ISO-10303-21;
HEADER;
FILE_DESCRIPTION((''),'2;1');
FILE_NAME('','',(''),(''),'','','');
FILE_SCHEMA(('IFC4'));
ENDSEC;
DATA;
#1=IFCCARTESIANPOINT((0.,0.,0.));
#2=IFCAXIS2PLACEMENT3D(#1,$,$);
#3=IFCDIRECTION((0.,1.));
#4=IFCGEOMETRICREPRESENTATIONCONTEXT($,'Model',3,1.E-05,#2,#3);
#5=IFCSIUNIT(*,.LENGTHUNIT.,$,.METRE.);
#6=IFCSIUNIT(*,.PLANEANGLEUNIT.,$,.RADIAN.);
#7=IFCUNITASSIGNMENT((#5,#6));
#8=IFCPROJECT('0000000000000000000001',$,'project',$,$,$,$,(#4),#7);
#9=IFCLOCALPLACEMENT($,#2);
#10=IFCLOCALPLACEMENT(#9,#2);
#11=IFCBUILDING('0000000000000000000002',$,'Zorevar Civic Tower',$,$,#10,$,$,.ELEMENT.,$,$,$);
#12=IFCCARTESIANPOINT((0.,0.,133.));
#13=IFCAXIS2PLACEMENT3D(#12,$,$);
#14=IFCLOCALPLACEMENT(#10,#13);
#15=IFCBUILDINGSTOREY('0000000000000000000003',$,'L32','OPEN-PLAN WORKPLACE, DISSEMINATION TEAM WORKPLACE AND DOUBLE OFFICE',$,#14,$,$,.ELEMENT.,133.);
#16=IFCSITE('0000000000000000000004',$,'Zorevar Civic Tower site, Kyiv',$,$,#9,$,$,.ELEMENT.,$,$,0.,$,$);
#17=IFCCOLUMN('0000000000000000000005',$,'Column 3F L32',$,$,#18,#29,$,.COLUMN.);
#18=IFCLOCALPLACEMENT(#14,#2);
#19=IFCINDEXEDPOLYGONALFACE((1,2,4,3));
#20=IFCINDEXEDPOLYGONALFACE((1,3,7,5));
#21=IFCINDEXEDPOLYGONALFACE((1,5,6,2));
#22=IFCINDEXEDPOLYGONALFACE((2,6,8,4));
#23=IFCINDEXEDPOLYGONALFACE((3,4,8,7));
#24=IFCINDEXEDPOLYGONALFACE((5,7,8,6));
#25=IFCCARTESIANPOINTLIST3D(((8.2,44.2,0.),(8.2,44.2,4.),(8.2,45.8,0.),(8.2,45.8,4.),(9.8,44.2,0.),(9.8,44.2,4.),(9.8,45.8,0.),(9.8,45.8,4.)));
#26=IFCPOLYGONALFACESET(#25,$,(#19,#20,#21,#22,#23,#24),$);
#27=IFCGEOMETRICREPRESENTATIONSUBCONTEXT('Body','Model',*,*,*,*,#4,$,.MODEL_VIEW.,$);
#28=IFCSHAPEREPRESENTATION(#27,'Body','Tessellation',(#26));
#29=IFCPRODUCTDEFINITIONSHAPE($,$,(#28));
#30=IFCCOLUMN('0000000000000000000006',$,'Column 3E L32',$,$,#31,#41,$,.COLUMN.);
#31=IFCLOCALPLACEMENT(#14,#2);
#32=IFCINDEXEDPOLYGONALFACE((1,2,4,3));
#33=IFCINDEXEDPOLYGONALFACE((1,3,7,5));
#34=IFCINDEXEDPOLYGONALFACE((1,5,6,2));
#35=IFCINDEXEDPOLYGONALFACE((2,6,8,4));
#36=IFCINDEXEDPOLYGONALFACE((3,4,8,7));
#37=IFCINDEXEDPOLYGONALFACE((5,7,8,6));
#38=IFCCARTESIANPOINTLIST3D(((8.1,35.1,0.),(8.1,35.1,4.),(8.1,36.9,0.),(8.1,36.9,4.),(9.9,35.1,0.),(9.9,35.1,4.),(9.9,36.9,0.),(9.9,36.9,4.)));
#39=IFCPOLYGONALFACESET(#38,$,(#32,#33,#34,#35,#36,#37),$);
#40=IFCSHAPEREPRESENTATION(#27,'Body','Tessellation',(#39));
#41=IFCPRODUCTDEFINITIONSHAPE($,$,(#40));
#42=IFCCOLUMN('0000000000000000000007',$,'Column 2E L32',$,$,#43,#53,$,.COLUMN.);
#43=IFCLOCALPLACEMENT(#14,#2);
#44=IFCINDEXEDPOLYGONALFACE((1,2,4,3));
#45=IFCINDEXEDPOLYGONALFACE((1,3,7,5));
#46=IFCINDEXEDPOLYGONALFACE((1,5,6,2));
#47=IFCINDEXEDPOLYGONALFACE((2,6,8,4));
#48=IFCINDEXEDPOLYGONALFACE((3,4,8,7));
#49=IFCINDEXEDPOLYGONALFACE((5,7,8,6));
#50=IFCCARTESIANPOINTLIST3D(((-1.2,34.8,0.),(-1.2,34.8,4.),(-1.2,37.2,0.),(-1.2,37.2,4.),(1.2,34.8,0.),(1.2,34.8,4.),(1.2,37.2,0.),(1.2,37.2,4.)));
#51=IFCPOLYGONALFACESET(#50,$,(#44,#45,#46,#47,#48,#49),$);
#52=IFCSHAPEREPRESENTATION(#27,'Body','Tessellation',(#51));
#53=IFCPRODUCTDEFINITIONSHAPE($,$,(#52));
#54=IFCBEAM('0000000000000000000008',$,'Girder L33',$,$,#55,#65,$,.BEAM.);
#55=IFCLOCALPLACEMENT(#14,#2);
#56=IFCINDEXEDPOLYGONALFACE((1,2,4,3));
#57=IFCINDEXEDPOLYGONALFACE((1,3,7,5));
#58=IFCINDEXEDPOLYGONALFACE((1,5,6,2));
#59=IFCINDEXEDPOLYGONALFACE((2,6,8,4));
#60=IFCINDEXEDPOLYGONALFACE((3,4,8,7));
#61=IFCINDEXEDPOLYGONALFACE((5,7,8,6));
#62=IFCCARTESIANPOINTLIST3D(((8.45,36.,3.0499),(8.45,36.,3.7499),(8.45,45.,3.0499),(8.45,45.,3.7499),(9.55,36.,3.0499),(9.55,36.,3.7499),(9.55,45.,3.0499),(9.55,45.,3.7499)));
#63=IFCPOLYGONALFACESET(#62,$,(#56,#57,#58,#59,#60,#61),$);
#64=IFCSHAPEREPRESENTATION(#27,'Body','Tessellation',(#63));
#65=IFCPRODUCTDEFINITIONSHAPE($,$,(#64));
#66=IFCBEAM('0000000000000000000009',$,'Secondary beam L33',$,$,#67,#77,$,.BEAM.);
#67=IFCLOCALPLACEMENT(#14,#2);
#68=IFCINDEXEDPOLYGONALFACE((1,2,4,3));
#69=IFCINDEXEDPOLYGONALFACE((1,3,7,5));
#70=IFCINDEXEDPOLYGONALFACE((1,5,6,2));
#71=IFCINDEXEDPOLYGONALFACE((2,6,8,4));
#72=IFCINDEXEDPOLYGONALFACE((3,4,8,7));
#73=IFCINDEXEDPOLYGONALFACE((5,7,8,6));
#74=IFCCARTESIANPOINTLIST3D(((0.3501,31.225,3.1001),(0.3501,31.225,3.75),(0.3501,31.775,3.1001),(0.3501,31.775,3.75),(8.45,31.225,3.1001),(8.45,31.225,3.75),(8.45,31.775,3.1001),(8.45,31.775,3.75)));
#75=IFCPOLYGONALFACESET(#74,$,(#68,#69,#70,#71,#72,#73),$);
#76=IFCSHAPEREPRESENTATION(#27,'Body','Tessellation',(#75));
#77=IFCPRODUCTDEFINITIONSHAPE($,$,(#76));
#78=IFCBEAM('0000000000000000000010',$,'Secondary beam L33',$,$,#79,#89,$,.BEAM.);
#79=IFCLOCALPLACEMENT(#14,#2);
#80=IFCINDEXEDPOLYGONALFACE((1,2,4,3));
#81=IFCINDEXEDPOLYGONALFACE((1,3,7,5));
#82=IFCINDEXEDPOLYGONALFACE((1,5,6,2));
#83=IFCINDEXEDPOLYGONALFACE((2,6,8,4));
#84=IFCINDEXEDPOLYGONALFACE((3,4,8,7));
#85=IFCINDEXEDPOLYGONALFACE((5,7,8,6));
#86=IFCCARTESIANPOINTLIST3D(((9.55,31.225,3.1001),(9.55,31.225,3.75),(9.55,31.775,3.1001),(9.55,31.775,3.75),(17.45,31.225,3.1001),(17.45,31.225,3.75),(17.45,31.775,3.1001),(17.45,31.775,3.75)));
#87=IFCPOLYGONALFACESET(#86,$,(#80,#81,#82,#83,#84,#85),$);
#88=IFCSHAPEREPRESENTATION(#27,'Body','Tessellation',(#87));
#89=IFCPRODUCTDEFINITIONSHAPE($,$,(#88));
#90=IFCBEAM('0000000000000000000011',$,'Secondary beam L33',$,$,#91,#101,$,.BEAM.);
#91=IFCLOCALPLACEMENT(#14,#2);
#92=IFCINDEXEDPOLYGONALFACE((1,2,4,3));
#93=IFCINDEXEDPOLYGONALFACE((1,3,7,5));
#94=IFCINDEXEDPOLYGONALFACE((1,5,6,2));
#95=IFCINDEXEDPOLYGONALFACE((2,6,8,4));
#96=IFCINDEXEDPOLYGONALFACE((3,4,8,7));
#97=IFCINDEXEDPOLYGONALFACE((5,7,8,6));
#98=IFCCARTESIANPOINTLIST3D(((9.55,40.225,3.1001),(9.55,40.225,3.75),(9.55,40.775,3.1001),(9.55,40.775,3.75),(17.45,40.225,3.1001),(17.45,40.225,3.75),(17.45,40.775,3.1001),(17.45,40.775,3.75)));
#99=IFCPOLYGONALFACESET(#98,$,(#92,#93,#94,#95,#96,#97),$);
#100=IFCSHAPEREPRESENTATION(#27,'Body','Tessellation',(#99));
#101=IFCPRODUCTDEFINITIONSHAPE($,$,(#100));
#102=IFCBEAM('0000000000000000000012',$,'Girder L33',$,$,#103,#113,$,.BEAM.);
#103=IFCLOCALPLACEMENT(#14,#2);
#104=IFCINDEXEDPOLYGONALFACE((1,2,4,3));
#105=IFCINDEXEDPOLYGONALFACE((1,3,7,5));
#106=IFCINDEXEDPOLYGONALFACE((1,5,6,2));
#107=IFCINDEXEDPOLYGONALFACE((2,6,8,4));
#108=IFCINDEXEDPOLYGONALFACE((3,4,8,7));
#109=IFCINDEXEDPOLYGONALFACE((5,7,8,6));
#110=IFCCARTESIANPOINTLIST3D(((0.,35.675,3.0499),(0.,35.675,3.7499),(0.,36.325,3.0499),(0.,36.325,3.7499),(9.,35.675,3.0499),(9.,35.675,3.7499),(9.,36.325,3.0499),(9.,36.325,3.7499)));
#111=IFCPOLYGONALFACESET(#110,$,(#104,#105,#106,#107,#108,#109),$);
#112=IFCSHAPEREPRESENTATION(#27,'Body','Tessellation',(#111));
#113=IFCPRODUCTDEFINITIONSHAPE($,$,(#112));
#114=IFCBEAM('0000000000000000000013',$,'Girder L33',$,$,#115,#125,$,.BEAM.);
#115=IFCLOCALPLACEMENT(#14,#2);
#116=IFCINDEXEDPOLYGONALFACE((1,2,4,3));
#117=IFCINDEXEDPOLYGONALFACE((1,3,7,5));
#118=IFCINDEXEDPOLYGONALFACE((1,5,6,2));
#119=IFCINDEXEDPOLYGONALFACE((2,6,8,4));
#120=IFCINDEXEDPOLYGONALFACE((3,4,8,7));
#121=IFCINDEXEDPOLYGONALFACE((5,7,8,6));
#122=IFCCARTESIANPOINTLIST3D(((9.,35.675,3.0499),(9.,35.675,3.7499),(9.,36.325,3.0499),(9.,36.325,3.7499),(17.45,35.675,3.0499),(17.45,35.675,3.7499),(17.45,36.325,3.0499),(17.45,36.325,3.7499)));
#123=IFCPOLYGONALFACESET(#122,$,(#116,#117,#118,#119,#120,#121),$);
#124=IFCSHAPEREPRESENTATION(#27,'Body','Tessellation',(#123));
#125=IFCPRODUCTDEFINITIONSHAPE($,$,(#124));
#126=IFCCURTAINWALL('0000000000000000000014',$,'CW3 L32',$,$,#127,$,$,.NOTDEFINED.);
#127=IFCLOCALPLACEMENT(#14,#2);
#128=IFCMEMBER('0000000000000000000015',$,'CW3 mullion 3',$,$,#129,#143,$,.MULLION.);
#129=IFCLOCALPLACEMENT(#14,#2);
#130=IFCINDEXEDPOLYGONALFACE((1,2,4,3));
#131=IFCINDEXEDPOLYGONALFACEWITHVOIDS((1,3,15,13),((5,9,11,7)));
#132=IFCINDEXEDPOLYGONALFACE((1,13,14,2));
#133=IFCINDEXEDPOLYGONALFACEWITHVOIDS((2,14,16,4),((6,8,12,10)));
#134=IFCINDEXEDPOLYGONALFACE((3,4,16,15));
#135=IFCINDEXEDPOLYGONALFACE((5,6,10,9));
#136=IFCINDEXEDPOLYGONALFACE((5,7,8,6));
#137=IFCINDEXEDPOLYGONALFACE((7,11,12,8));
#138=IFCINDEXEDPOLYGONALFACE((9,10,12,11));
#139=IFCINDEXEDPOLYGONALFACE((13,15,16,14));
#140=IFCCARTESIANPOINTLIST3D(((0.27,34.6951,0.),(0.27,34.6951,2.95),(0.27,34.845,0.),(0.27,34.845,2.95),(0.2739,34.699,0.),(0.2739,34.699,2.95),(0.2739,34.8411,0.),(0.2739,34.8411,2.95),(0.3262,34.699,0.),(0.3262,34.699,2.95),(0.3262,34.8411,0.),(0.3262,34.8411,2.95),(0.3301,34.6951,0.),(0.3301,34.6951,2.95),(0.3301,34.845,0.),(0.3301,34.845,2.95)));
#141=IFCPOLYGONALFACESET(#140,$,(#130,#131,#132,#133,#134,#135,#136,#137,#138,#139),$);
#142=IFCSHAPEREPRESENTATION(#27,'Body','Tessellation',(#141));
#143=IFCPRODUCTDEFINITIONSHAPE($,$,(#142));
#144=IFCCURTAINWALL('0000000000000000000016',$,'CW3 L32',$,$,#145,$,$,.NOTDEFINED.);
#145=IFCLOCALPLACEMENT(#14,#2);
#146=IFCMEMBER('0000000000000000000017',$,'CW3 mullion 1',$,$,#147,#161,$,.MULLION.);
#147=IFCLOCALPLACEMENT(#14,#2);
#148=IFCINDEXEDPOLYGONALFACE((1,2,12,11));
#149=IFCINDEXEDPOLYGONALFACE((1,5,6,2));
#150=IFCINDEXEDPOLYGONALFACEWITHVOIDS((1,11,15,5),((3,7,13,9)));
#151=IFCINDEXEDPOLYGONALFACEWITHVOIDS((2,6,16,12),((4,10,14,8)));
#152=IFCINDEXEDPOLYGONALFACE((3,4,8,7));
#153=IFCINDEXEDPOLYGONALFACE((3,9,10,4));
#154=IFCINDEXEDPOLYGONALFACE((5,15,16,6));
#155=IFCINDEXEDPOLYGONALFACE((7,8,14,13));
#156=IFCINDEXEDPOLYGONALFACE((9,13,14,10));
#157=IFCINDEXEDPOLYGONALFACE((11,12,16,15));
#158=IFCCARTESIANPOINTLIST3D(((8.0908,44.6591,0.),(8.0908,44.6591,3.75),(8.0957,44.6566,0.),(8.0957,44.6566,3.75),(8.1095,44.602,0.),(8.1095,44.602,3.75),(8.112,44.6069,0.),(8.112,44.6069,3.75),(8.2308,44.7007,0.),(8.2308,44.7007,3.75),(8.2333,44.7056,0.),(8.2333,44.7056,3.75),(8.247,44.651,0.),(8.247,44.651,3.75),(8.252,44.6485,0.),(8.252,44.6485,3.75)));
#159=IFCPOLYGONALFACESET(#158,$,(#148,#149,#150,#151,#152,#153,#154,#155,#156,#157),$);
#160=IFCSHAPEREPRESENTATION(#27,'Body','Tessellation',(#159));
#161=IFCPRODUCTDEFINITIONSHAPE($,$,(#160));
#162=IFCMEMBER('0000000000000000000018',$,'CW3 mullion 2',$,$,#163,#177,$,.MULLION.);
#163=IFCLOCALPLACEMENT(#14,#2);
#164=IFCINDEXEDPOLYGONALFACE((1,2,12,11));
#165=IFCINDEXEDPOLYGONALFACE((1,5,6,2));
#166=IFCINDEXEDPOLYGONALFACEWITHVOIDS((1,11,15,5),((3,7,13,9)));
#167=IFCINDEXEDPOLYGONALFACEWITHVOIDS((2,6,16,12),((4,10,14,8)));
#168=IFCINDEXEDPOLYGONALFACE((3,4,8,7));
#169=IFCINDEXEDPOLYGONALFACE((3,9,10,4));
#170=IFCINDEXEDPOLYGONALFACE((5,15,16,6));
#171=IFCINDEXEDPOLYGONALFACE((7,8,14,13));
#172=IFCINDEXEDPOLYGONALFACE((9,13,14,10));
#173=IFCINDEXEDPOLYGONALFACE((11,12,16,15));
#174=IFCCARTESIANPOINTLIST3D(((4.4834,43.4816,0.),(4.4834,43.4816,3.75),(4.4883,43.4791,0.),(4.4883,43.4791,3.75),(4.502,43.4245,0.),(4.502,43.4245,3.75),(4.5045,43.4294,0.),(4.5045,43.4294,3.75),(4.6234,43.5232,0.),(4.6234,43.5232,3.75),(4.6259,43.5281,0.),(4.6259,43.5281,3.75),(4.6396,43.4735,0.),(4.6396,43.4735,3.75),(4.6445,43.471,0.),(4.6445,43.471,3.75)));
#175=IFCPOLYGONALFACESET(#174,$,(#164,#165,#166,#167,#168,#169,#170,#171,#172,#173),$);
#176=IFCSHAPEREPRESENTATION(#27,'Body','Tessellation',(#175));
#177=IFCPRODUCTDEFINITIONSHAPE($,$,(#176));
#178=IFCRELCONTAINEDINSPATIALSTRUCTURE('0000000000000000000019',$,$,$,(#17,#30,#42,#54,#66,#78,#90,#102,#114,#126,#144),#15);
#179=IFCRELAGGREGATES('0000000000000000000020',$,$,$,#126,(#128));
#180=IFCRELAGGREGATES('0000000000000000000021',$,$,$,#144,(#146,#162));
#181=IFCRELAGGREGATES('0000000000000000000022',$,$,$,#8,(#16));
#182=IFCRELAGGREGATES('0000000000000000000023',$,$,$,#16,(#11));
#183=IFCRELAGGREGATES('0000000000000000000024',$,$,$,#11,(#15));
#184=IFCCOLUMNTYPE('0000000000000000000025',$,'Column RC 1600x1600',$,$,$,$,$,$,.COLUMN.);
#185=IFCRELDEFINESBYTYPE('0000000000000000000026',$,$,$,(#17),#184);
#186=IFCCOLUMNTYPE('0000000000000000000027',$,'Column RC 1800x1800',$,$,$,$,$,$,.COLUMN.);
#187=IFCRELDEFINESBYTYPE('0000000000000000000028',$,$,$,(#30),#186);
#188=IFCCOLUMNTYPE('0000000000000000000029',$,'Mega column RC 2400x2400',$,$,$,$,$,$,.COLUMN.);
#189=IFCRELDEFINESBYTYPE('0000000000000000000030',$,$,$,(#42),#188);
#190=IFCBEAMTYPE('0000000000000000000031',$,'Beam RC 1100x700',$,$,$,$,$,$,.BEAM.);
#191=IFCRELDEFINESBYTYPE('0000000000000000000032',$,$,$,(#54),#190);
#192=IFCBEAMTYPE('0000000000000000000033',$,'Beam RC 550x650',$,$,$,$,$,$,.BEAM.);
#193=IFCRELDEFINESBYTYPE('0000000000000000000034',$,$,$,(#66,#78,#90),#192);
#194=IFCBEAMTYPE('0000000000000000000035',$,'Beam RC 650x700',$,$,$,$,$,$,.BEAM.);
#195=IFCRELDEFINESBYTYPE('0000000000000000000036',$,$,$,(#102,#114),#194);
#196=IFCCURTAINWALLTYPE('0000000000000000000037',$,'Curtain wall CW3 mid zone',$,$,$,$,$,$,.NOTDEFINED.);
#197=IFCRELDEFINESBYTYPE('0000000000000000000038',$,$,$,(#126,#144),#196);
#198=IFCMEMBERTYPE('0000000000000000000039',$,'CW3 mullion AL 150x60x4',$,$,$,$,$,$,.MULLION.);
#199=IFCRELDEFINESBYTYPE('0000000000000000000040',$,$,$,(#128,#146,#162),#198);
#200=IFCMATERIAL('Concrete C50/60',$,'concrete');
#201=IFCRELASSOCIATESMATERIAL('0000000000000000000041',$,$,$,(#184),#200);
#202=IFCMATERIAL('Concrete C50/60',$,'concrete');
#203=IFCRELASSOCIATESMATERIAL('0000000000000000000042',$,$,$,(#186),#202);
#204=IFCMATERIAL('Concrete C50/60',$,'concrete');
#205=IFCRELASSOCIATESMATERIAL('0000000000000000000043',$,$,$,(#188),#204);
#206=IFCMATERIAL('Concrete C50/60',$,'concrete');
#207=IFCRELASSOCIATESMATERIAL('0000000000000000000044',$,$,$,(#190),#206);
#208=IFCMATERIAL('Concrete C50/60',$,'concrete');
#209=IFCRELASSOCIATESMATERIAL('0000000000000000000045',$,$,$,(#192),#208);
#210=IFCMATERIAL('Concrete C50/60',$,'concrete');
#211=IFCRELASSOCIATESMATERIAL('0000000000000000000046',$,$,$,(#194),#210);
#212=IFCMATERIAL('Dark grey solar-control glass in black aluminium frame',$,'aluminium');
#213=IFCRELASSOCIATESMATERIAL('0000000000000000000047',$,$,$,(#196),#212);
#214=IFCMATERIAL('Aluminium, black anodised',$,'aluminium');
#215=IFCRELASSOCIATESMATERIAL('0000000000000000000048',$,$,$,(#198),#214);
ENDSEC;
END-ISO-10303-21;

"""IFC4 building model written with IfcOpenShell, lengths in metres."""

from ifc_helpers import new_model, si_unit, direction, frame, origin, origin_2d, place, context, subcontext, project, spatial, rectangle, hollow_rectangle, extrude, material, material_profile, profile_set, type_object, element, aggregate, save


model = new_model("IFC4")

# Units and contexts
model_context = context("Model", 3, precision=1e-05, world=origin(), true_north=direction((0.0, 1.0)))
body_context = subcontext(model_context, "Body", "Model", "MODEL_VIEW")
ifc_project = project(units=[si_unit("LENGTHUNIT", "METRE"), si_unit("PLANEANGLEUNIT", "RADIAN")], contexts=[model_context])

# Site, building, storey
site_placement = place(None, origin())
site = spatial("IfcSite", under=ifc_project, at=site_placement, Name="Zorevar Civic Tower site, Kyiv", CompositionType="ELEMENT", RefElevation=0.0)
building_placement = place(site_placement, origin())
building = spatial("IfcBuilding", under=site, at=building_placement, Name="Zorevar Civic Tower", CompositionType="ELEMENT")
storey_placement = place(building_placement, frame((0.0, 0.0, 133.0)))
storey = spatial("IfcBuildingStorey", under=building, at=storey_placement, Name="L32", Description="OPEN-PLAN WORKPLACE, DISSEMINATION TEAM WORKPLACE AND DOUBLE OFFICE", CompositionType="ELEMENT", Elevation=133.0)

# Columns
ifc_material_1 = material(Name="Concrete C50/60", Category="concrete")
ifc_material_profile_1 = material_profile(ifc_material_1, rectangle(XDim=1.6001, YDim=1.6001, at=origin_2d()), Name="RC 1600x1600")
ifc_profile_set_1 = profile_set([ifc_material_profile_1], Name="Concrete C50/60")
column_type_1 = type_object("IfcColumnType", Name="Column RC 1600x1600", PredefinedType="COLUMN", material=ifc_profile_set_1)
column_1_placement = place(storey_placement, frame((9.0, 45.0, 0.0), z_axis=(0.0, 0.0, 1.0), x_axis=(1.0, 0.0, 0.0)))
element("IfcColumn", 1, at=column_1_placement, inside=storey, type_object=column_type_1, Name="Column 3F L32", PredefinedType="COLUMN", context=body_context, shape_type="SweptSolid", body=[
    extrude(rectangle(XDim=1.6001, YDim=1.6001, at=origin_2d()), origin(), (0.0, 0.0, 1.0), 4.0),
])
ifc_material_2 = material(Name="Concrete C50/60", Category="concrete")
ifc_material_profile_2 = material_profile(ifc_material_2, rectangle(XDim=1.8, YDim=1.8, at=origin_2d()), Name="RC 1800x1800")
ifc_profile_set_2 = profile_set([ifc_material_profile_2], Name="Concrete C50/60")
column_type_2 = type_object("IfcColumnType", Name="Column RC 1800x1800", PredefinedType="COLUMN", material=ifc_profile_set_2)
column_2_placement = place(storey_placement, frame((9.0, 36.0, 0.0), z_axis=(0.0, 0.0, 1.0), x_axis=(1.0, 0.0, 0.0)))
element("IfcColumn", 2, at=column_2_placement, inside=storey, type_object=column_type_2, Name="Column 3E L32", PredefinedType="COLUMN", context=body_context, shape_type="SweptSolid", body=[
    extrude(rectangle(XDim=1.8, YDim=1.8, at=origin_2d()), origin(), (0.0, 0.0, 1.0), 4.0),
])
ifc_material_3 = material(Name="Concrete C50/60", Category="concrete")
ifc_material_profile_3 = material_profile(ifc_material_3, rectangle(XDim=2.3999, YDim=2.3999, at=origin_2d()), Name="RC 2400x2400")
ifc_profile_set_3 = profile_set([ifc_material_profile_3], Name="Concrete C50/60")
column_type_3 = type_object("IfcColumnType", Name="Mega column RC 2400x2400", PredefinedType="COLUMN", material=ifc_profile_set_3)
column_3_placement = place(storey_placement, frame((0.0, 36.0, 0.0), z_axis=(0.0, 0.0, 1.0), x_axis=(1.0, 0.0, 0.0)))
element("IfcColumn", 3, at=column_3_placement, inside=storey, type_object=column_type_3, Name="Column 2E L32", PredefinedType="COLUMN", context=body_context, shape_type="SweptSolid", body=[
    extrude(rectangle(XDim=2.3999, YDim=2.3999, at=origin_2d()), origin(), (0.0, 0.0, 1.0), 4.0),
])

# Beams
ifc_material_4 = material(Name="Concrete C50/60", Category="concrete")
ifc_material_profile_4 = material_profile(ifc_material_4, rectangle(XDim=1.1001, YDim=0.7, at=origin_2d()), Name="RC 1100x700")
ifc_profile_set_4 = profile_set([ifc_material_profile_4], Name="Concrete C50/60")
beam_type_1 = type_object("IfcBeamType", Name="Beam RC 1100x700", PredefinedType="BEAM", material=ifc_profile_set_4)
beam_1_placement = place(storey_placement, frame((9.0, 36.0, 3.3999), z_axis=(0.0, 1.0, 0.0), x_axis=(-1.0, 0.0, 0.0)))
element("IfcBeam", 4, at=beam_1_placement, inside=storey, type_object=beam_type_1, Name="Girder L33", PredefinedType="BEAM", context=body_context, shape_type="SweptSolid", body=[
    extrude(rectangle(XDim=1.1001, YDim=0.7, at=origin_2d()), origin(), (0.0, 0.0, 1.0), 9.0),
])
ifc_material_5 = material(Name="Concrete C50/60", Category="concrete")
ifc_material_profile_5 = material_profile(ifc_material_5, rectangle(XDim=0.55, YDim=0.6499, at=origin_2d()), Name="RC 550x650")
ifc_profile_set_5 = profile_set([ifc_material_profile_5], Name="Concrete C50/60")
beam_type_2 = type_object("IfcBeamType", Name="Beam RC 550x650", PredefinedType="BEAM", material=ifc_profile_set_5)
beam_2_placement = place(storey_placement, frame((0.3501, 31.5, 3.425), z_axis=(1.0, 0.0, 0.0), x_axis=(0.0, 1.0, 0.0)))
element("IfcBeam", 5, at=beam_2_placement, inside=storey, type_object=beam_type_2, Name="Secondary beam L33", PredefinedType="BEAM", context=body_context, shape_type="SweptSolid", body=[
    extrude(rectangle(XDim=0.55, YDim=0.6499, at=origin_2d()), origin(), (0.0, 0.0, 1.0), 8.0999),
])
for number, where, z_axis, x_axis, name in (
    (6, (9.55, 31.5, 3.425), (1.0, 0.0, 0.0), (0.0, 1.0, 0.0), "Secondary beam L33"),
    (7, (9.55, 40.5, 3.425), (1.0, 0.0, 0.0), (0.0, 1.0, 0.0), "Secondary beam L33"),
):
    element("IfcBeam", number, at=place(storey_placement, frame(where, z_axis=z_axis, x_axis=x_axis)), inside=storey, type_object=beam_type_2, Name=name, PredefinedType="BEAM", context=body_context, shape_type="SweptSolid", body=[
        extrude(rectangle(XDim=0.55, YDim=0.6499, at=origin_2d()), origin(), (0.0, 0.0, 1.0), 7.8999),
    ])
ifc_material_6 = material(Name="Concrete C50/60", Category="concrete")
ifc_material_profile_6 = material_profile(ifc_material_6, rectangle(XDim=0.6499, YDim=0.7, at=origin_2d()), Name="RC 650x700")
ifc_profile_set_6 = profile_set([ifc_material_profile_6], Name="Concrete C50/60")
beam_type_3 = type_object("IfcBeamType", Name="Beam RC 650x700", PredefinedType="BEAM", material=ifc_profile_set_6)
beam_3_placement = place(storey_placement, frame((0.0, 36.0, 3.3999), z_axis=(1.0, 0.0, 0.0), x_axis=(0.0, 1.0, 0.0)))
element("IfcBeam", 8, at=beam_3_placement, inside=storey, type_object=beam_type_3, Name="Girder L33", PredefinedType="BEAM", context=body_context, shape_type="SweptSolid", body=[
    extrude(rectangle(XDim=0.6499, YDim=0.7, at=origin_2d()), origin(), (0.0, 0.0, 1.0), 9.0),
])
beam_4_placement = place(storey_placement, frame((9.0, 36.0, 3.3999), z_axis=(1.0, 0.0, 0.0), x_axis=(0.0, 1.0, 0.0)))
element("IfcBeam", 9, at=beam_4_placement, inside=storey, type_object=beam_type_3, Name="Girder L33", PredefinedType="BEAM", context=body_context, shape_type="SweptSolid", body=[
    extrude(rectangle(XDim=0.6499, YDim=0.7, at=origin_2d()), origin(), (0.0, 0.0, 1.0), 8.45),
])

# Curtain wall, member
ifc_material_7 = material(Name="Dark grey solar-control glass in black aluminium frame", Category="aluminium")
curtain_wall_type = type_object("IfcCurtainWallType", Name="Curtain wall CW3 mid zone", PredefinedType="NOTDEFINED", material=ifc_material_7)
curtain_wall_1_placement = place(storey_placement, origin())
curtain_wall_1 = element("IfcCurtainWall", 10, at=curtain_wall_1_placement, inside=storey, type_object=curtain_wall_type, Name="CW3 L32", PredefinedType="NOTDEFINED")
ifc_material_8 = material(Name="Aluminium, black anodised", Category="aluminium")
ifc_material_profile_7 = material_profile(ifc_material_8, hollow_rectangle(XDim=0.0601, YDim=0.1499, WallThickness=0.0039, at=origin_2d()), Name="AL 150x60x4")
ifc_profile_set_7 = profile_set([ifc_material_profile_7], Name="Aluminium, black anodised")
member_type_1 = type_object("IfcMemberType", Name="CW3 mullion AL 150x60x4", PredefinedType="MULLION", material=ifc_profile_set_7)
member_1_placement = place(storey_placement, frame((0.3, 34.77, 0.0), z_axis=(0.0, 0.0, 1.0), x_axis=(-1.0, 0.0, 0.0)))
member_1 = element("IfcMember", 11, at=member_1_placement, type_object=member_type_1, Name="CW3 mullion 3", PredefinedType="MULLION", context=body_context, shape_type="SweptSolid", body=[
    extrude(hollow_rectangle(XDim=0.0601, YDim=0.1499, WallThickness=0.0039, at=origin_2d()), origin(), (0.0, 0.0, 1.0), 2.95),
])

# Curtain wall, members
curtain_wall_2_placement = place(storey_placement, origin())
curtain_wall_2 = element("IfcCurtainWall", 12, at=curtain_wall_2_placement, inside=storey, type_object=curtain_wall_type, Name="CW3 L32", PredefinedType="NOTDEFINED")
member_2_placement = place(storey_placement, frame((8.1714, 44.6538, 0.0), z_axis=(0.0, 0.0, 1.0), x_axis=(0.310263, -0.950651, 0.0)))
member_2 = element("IfcMember", 13, at=member_2_placement, type_object=member_type_1, Name="CW3 mullion 1", PredefinedType="MULLION", context=body_context, shape_type="SweptSolid", body=[
    extrude(hollow_rectangle(XDim=0.0601, YDim=0.1499, WallThickness=0.0039, at=origin_2d()), origin(), (0.0, 0.0, 1.0), 3.75),
])
member_3_placement = place(storey_placement, frame((4.564, 43.4763, 0.0), z_axis=(0.0, 0.0, 1.0), x_axis=(0.310263, -0.950651, 0.0)))
member_3 = element("IfcMember", 14, at=member_3_placement, type_object=member_type_1, Name="CW3 mullion 2", PredefinedType="MULLION", context=body_context, shape_type="SweptSolid", body=[
    extrude(hollow_rectangle(XDim=0.0601, YDim=0.1499, WallThickness=0.0039, at=origin_2d()), origin(), (0.0, 0.0, 1.0), 3.75),
])

aggregate(curtain_wall_1, [member_1])
aggregate(curtain_wall_2, [member_2, member_3])

save(model, "model.ifc")
